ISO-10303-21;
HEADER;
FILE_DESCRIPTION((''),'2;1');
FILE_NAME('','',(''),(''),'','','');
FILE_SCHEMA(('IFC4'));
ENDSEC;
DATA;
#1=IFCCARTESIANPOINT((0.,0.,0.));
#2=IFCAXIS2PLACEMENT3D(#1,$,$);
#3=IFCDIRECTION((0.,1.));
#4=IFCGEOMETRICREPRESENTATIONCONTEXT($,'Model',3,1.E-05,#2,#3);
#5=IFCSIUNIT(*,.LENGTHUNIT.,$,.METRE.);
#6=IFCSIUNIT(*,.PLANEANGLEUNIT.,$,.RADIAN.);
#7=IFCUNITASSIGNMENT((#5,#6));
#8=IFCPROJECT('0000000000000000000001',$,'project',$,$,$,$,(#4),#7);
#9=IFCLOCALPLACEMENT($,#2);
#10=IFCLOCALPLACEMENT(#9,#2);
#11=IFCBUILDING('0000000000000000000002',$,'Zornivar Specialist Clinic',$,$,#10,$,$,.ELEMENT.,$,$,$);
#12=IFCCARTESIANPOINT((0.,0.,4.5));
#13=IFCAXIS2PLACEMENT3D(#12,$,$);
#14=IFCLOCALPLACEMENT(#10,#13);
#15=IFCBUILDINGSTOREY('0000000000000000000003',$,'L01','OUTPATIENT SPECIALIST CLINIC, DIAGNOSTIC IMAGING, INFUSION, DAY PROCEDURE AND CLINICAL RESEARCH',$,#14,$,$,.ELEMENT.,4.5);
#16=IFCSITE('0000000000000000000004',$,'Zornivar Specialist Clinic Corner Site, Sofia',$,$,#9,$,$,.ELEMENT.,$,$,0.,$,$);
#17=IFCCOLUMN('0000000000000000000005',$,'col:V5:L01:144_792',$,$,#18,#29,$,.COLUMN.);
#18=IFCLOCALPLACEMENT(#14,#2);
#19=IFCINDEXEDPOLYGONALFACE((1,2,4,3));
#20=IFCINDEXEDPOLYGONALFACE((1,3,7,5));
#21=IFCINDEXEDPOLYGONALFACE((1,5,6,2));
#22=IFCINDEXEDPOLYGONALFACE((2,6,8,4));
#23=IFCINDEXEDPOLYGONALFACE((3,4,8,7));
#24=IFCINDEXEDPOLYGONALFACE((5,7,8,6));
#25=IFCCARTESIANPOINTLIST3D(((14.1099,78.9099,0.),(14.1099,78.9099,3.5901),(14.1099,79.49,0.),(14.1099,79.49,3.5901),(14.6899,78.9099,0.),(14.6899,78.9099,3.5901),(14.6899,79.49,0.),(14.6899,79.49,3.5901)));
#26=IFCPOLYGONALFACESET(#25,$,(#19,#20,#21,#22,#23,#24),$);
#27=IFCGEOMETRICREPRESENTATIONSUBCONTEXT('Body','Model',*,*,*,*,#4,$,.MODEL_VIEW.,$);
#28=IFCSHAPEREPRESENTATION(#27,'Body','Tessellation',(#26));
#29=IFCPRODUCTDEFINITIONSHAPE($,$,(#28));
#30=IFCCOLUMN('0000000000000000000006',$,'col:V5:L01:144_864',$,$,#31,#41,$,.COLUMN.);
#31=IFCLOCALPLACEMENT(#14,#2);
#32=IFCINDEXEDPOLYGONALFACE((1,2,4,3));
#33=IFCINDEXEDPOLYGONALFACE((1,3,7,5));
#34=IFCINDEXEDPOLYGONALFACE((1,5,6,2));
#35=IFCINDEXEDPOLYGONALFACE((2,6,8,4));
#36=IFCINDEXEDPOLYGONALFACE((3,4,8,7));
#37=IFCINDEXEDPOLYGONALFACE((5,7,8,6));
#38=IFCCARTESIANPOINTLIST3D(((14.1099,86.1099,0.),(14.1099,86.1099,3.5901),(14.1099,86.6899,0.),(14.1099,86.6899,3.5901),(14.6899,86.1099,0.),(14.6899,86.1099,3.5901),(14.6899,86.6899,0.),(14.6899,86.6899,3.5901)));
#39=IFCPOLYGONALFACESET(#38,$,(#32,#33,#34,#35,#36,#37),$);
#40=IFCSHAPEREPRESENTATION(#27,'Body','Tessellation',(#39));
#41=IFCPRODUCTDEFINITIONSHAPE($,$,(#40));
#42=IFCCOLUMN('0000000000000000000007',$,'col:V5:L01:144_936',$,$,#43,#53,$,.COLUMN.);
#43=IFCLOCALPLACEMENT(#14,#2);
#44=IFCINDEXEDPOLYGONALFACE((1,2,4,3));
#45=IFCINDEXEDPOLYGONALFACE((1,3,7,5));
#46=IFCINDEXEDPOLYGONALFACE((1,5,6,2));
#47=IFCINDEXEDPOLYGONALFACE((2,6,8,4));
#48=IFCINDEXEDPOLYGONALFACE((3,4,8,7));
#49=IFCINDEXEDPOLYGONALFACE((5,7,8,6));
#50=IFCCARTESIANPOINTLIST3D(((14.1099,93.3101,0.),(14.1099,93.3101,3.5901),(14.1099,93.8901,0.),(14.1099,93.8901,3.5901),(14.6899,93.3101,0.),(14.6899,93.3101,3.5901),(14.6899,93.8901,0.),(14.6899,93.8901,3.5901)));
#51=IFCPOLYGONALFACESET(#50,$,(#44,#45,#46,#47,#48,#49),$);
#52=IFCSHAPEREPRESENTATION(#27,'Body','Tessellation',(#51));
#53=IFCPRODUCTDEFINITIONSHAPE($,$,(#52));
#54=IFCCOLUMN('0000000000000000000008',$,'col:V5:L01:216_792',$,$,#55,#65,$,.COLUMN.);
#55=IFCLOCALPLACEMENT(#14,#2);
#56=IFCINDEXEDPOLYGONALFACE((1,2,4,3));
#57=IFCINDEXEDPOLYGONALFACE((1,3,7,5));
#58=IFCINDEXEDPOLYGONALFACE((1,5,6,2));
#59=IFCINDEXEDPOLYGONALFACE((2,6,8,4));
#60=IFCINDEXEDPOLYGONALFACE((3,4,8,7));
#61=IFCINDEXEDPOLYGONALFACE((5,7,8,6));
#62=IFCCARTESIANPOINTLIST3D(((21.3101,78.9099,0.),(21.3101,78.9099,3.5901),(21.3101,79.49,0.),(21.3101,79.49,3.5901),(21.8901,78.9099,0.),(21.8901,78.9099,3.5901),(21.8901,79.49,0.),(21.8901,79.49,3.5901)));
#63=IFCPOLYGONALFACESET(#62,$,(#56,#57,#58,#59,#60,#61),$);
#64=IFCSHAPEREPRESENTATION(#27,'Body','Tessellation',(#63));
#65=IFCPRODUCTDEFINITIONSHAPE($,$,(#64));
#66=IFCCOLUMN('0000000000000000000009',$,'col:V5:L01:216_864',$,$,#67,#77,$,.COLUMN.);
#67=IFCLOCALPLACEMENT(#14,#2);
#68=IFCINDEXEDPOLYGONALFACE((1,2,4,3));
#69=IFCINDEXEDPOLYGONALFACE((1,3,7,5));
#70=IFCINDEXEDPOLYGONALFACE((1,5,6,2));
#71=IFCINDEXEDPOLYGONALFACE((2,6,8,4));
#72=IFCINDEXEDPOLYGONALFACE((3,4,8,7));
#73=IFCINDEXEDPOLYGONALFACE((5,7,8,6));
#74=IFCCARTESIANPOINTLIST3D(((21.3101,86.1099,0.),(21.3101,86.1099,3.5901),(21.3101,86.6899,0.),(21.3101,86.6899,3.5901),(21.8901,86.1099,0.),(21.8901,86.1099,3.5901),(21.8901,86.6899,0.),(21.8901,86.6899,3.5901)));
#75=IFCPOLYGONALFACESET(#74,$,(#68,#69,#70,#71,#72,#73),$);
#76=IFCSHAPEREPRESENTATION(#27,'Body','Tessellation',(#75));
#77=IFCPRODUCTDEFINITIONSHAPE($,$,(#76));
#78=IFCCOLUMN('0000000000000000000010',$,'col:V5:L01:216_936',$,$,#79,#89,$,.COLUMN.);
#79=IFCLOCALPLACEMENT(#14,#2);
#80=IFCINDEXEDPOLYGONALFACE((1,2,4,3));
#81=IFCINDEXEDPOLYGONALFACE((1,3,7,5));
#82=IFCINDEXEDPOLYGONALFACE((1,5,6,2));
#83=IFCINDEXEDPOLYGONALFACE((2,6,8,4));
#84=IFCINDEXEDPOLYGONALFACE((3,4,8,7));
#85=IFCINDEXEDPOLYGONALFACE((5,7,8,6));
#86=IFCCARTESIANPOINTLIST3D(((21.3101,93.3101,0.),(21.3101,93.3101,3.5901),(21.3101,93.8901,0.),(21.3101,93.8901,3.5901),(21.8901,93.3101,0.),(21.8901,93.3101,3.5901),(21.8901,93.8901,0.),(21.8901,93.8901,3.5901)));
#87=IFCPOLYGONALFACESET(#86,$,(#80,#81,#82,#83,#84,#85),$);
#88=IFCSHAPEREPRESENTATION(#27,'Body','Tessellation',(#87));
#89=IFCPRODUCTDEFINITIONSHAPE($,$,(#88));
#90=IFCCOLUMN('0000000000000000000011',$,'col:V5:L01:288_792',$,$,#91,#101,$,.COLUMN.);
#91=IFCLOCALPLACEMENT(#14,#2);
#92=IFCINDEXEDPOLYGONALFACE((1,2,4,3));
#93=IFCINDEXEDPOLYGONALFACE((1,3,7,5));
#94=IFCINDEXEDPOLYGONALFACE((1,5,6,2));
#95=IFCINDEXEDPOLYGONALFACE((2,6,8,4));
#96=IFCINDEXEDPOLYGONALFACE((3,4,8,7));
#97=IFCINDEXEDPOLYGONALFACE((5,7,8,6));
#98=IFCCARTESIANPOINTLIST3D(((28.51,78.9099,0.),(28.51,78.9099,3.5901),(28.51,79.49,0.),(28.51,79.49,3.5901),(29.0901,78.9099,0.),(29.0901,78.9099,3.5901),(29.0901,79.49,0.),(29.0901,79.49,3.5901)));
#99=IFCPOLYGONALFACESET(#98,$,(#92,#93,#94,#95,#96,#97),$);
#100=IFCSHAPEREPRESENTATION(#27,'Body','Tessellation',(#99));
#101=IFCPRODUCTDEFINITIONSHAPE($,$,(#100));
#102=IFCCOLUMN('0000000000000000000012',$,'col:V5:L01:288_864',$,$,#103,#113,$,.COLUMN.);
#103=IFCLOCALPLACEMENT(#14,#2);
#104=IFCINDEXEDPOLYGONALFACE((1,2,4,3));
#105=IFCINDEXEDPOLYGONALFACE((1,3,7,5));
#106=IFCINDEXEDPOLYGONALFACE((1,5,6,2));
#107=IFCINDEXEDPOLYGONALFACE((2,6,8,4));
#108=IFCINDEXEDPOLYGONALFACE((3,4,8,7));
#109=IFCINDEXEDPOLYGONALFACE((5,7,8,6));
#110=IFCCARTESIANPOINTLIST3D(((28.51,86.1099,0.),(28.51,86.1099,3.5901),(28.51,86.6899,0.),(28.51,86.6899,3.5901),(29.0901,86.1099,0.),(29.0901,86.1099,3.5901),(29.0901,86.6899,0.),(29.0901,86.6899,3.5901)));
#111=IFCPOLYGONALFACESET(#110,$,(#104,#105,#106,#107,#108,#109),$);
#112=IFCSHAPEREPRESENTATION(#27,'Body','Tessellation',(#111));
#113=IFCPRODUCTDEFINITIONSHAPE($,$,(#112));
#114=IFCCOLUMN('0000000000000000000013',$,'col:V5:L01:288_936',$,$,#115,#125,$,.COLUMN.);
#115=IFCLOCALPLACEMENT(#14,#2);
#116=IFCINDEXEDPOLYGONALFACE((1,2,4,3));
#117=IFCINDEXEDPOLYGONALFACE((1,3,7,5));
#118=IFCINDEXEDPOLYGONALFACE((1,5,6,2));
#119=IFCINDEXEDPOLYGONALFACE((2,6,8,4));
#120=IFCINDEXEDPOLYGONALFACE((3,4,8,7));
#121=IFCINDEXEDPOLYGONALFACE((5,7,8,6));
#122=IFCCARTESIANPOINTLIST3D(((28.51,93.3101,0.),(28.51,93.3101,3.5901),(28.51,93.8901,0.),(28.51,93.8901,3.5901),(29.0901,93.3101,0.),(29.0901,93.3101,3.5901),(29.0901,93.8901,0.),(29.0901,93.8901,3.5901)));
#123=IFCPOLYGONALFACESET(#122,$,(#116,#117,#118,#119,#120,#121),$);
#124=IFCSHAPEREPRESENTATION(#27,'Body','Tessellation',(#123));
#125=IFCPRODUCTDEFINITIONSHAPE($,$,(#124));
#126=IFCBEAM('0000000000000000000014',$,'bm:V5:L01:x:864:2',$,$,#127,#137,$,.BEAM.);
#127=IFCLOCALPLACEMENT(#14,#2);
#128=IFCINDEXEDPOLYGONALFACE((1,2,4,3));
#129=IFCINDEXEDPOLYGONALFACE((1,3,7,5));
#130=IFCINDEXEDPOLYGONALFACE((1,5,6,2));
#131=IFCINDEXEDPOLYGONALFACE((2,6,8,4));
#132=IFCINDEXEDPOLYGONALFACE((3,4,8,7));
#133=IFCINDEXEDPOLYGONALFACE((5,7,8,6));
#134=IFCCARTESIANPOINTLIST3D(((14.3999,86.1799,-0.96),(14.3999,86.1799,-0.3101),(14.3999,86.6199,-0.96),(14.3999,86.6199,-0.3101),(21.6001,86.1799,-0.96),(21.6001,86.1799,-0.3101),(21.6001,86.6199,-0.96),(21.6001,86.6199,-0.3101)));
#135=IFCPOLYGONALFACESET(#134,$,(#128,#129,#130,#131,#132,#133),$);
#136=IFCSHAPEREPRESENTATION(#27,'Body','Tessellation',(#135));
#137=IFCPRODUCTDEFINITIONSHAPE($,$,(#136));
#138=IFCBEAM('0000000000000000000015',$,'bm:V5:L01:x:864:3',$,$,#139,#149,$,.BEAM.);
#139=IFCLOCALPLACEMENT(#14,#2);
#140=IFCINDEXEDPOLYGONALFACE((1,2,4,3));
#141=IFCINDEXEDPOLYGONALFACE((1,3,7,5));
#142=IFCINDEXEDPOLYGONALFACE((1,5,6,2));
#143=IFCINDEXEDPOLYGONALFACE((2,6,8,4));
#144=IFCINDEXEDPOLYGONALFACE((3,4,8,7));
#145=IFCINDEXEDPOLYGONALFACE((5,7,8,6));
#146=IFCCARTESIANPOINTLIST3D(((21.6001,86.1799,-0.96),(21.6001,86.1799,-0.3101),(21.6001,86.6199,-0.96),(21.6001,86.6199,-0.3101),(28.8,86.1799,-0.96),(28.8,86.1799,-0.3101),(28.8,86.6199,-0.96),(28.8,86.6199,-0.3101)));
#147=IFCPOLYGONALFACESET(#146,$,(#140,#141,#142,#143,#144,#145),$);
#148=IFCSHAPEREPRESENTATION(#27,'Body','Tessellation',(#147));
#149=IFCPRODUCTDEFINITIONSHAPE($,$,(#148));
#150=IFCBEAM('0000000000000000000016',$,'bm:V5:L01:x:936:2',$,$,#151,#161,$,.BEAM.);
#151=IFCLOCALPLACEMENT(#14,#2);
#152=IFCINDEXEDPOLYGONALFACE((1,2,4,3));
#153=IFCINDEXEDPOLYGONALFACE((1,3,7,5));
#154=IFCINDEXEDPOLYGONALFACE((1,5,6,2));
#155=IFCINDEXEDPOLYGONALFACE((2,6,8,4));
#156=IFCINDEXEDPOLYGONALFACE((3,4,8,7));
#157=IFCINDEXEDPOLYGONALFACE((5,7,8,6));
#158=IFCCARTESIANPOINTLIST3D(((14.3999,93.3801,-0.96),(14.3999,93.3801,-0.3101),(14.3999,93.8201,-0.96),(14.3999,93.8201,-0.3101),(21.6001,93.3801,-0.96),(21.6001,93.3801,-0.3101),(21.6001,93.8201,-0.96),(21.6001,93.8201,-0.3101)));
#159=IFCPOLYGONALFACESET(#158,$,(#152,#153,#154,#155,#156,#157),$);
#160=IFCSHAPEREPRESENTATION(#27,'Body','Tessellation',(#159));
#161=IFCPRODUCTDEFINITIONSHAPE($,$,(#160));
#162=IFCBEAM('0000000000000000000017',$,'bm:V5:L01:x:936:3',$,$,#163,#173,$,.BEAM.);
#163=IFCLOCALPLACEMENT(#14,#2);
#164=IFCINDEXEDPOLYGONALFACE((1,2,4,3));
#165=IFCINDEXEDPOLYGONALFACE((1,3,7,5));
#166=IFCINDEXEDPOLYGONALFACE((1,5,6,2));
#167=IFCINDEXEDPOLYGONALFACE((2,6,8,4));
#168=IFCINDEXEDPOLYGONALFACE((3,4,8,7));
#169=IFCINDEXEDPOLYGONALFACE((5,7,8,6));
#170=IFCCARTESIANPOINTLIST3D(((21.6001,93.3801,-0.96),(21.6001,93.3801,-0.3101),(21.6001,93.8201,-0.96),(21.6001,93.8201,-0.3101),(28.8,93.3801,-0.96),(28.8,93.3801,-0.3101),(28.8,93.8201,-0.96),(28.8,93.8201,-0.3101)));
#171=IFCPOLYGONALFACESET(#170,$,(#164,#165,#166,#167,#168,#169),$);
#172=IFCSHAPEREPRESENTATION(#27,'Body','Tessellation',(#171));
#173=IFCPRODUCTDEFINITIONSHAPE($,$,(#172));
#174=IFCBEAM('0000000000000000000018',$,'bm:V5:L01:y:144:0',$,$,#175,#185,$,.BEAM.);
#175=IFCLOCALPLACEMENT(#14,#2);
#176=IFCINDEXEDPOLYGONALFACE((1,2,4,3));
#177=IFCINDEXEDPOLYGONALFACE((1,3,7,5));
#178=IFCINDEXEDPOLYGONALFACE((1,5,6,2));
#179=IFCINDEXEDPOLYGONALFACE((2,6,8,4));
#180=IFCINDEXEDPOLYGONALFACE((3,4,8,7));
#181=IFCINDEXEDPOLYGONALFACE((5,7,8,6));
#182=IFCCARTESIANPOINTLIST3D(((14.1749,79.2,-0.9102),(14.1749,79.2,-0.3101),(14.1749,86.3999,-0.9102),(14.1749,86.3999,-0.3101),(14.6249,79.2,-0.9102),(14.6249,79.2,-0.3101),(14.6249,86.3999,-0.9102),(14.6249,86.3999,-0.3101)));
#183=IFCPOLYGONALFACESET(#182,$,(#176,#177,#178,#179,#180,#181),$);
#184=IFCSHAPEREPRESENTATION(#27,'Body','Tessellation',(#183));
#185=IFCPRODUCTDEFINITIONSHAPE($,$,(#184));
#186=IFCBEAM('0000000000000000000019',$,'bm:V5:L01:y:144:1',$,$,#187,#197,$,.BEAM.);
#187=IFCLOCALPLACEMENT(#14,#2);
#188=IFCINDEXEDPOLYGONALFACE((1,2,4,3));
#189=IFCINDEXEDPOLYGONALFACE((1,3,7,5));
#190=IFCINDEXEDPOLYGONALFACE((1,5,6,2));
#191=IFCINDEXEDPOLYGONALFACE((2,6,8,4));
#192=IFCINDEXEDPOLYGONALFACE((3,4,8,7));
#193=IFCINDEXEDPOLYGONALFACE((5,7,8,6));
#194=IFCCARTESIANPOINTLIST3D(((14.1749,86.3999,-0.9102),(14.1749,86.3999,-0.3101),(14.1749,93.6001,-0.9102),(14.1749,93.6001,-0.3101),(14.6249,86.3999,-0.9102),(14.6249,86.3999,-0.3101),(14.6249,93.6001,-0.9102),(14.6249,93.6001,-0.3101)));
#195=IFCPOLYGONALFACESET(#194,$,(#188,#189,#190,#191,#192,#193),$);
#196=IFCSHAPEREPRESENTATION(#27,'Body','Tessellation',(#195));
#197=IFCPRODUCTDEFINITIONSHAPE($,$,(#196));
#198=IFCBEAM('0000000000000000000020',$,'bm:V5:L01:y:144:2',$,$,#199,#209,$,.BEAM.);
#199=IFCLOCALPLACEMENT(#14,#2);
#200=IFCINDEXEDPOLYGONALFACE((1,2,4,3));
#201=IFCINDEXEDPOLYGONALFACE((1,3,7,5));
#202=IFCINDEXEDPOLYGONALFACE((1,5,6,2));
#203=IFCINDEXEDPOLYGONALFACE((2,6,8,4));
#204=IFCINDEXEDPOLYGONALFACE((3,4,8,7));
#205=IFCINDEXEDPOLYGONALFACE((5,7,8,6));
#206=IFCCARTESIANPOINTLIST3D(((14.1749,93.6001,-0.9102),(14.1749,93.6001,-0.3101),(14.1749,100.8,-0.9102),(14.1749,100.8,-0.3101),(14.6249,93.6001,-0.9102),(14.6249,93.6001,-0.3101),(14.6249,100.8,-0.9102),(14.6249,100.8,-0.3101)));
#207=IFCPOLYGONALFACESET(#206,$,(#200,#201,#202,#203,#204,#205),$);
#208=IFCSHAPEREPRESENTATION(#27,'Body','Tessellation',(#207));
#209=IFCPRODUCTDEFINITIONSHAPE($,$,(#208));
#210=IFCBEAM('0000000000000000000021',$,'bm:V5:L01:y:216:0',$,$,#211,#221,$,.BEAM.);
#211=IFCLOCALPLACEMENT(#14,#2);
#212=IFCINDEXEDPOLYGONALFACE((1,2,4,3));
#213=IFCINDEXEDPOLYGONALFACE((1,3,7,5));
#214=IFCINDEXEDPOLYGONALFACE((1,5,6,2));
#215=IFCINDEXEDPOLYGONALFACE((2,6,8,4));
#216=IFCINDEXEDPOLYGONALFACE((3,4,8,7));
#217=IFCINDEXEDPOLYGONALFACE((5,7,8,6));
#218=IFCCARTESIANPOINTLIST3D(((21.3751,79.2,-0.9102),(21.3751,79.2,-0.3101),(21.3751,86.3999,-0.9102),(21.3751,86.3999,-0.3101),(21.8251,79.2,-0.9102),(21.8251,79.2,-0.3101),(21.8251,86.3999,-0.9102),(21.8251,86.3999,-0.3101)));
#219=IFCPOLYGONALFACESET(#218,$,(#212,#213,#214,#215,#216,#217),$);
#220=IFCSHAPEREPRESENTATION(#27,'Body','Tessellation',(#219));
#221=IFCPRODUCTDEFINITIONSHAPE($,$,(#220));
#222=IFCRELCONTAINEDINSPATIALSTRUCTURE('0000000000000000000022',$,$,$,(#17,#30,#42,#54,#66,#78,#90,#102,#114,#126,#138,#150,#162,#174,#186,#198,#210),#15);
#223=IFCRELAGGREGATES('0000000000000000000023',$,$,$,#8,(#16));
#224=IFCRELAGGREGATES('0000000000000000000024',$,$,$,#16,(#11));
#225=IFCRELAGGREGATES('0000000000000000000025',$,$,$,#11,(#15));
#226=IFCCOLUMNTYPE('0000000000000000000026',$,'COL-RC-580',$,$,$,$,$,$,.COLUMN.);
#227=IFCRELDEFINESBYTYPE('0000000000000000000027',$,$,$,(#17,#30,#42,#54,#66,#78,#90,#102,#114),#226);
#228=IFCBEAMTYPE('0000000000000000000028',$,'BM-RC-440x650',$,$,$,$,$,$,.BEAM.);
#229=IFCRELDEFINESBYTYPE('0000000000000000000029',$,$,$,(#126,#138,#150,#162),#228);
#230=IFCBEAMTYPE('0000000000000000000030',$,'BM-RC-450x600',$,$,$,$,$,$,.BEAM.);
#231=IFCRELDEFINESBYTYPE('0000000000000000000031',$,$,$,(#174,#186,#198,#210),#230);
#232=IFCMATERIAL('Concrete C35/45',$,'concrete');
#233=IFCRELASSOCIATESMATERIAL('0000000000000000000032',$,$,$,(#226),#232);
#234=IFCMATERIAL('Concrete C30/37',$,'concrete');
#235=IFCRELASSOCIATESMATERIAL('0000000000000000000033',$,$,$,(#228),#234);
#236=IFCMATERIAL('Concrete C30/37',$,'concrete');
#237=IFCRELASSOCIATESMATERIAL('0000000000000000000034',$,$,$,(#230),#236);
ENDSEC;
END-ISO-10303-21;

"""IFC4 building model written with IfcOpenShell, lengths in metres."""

from ifc_helpers import new_model, si_unit, direction, frame, origin, origin_2d, place, context, subcontext, project, spatial, rectangle, extrude, material, material_profile, profile_set, type_object, element, save


model = new_model("IFC4")

# Units and contexts
model_context = context("Model", 3, precision=1e-05, world=origin(), true_north=direction((0.0, 1.0)))
body_context = subcontext(model_context, "Body", "Model", "MODEL_VIEW")
ifc_project = project(units=[si_unit("LENGTHUNIT", "METRE"), si_unit("PLANEANGLEUNIT", "RADIAN")], contexts=[model_context])

# Site, building, storey
site_placement = place(None, origin())
site = spatial("IfcSite", under=ifc_project, at=site_placement, Name="Zornivar Specialist Clinic Corner Site, Sofia", CompositionType="ELEMENT", RefElevation=0.0)
building_placement = place(site_placement, origin())
building = spatial("IfcBuilding", under=site, at=building_placement, Name="Zornivar Specialist Clinic", CompositionType="ELEMENT")
storey_placement = place(building_placement, frame((0.0, 0.0, 4.5)))
storey = spatial("IfcBuildingStorey", under=building, at=storey_placement, Name="L01", Description="OUTPATIENT SPECIALIST CLINIC, DIAGNOSTIC IMAGING, INFUSION, DAY PROCEDURE AND CLINICAL RESEARCH", CompositionType="ELEMENT", Elevation=4.5)

# Columns
ifc_material_1 = material(Name="Concrete C35/45", Category="concrete")
ifc_material_profile_1 = material_profile(ifc_material_1, rectangle(XDim=0.5801, YDim=0.5801, at=origin_2d()), Name="RC 580x580")
ifc_profile_set_1 = profile_set([ifc_material_profile_1], Name="Concrete C35/45")
column_type = type_object("IfcColumnType", Name="COL-RC-580", PredefinedType="COLUMN", material=ifc_profile_set_1)
for number, where, z_axis, x_axis, name in (
    (1, (14.3999, 79.2, 0.0), (0.0, 0.0, 1.0), (1.0, 0.0, 0.0), "col:V5:L01:144_792"),
    (2, (14.3999, 86.3999, 0.0), (0.0, 0.0, 1.0), (1.0, 0.0, 0.0), "col:V5:L01:144_864"),
    (3, (14.3999, 93.6001, 0.0), (0.0, 0.0, 1.0), (1.0, 0.0, 0.0), "col:V5:L01:144_936"),
    (4, (21.6001, 79.2, 0.0), (0.0, 0.0, 1.0), (1.0, 0.0, 0.0), "col:V5:L01:216_792"),
    (5, (21.6001, 86.3999, 0.0), (0.0, 0.0, 1.0), (1.0, 0.0, 0.0), "col:V5:L01:216_864"),
    (6, (21.6001, 93.6001, 0.0), (0.0, 0.0, 1.0), (1.0, 0.0, 0.0), "col:V5:L01:216_936"),
    (7, (28.8, 79.2, 0.0), (0.0, 0.0, 1.0), (1.0, 0.0, 0.0), "col:V5:L01:288_792"),
    (8, (28.8, 86.3999, 0.0), (0.0, 0.0, 1.0), (1.0, 0.0, 0.0), "col:V5:L01:288_864"),
    (9, (28.8, 93.6001, 0.0), (0.0, 0.0, 1.0), (1.0, 0.0, 0.0), "col:V5:L01:288_936"),
):
    element("IfcColumn", number, at=place(storey_placement, frame(where, z_axis=z_axis, x_axis=x_axis)), inside=storey, type_object=column_type, Name=name, PredefinedType="COLUMN", context=body_context, shape_type="SweptSolid", body=[
        extrude(rectangle(XDim=0.5801, YDim=0.5801, at=origin_2d()), origin(), (0.0, 0.0, 1.0), 3.5901),
    ])

# Beams
ifc_material_2 = material(Name="Concrete C30/37", Category="concrete")
ifc_material_profile_2 = material_profile(ifc_material_2, rectangle(XDim=0.4399, YDim=0.6499, at=origin_2d()), Name="RC 440x650")
ifc_profile_set_2 = profile_set([ifc_material_profile_2], Name="Concrete C30/37")
beam_type_1 = type_object("IfcBeamType", Name="BM-RC-440x650", PredefinedType="BEAM", material=ifc_profile_set_2)
beam_1_placement = place(storey_placement, frame((14.3999, 86.3999, -0.635), z_axis=(1.0, 0.0, 0.0), x_axis=(0.0, 1.0, 0.0)))
element("IfcBeam", 10, at=beam_1_placement, inside=storey, type_object=beam_type_1, Name="bm:V5:L01:x:864:2", PredefinedType="BEAM", context=body_context, shape_type="SweptSolid", body=[
    extrude(rectangle(XDim=0.4399, YDim=0.6499, at=origin_2d()), origin(), (0.0, 0.0, 1.0), 7.2002),
])
beam_2_placement = place(storey_placement, frame((21.6001, 86.3999, -0.635), z_axis=(1.0, 0.0, 0.0), x_axis=(0.0, 1.0, 0.0)))
element("IfcBeam", 11, at=beam_2_placement, inside=storey, type_object=beam_type_1, Name="bm:V5:L01:x:864:3", PredefinedType="BEAM", context=body_context, shape_type="SweptSolid", body=[
    extrude(rectangle(XDim=0.4399, YDim=0.6499, at=origin_2d()), origin(), (0.0, 0.0, 1.0), 7.2),
])
beam_3_placement = place(storey_placement, frame((14.3999, 93.6001, -0.635), z_axis=(1.0, 0.0, 0.0), x_axis=(0.0, 1.0, 0.0)))
element("IfcBeam", 12, at=beam_3_placement, inside=storey, type_object=beam_type_1, Name="bm:V5:L01:x:936:2", PredefinedType="BEAM", context=body_context, shape_type="SweptSolid", body=[
    extrude(rectangle(XDim=0.4399, YDim=0.6499, at=origin_2d()), origin(), (0.0, 0.0, 1.0), 7.2002),
])
beam_4_placement = place(storey_placement, frame((21.6001, 93.6001, -0.635), z_axis=(1.0, 0.0, 0.0), x_axis=(0.0, 1.0, 0.0)))
element("IfcBeam", 13, at=beam_4_placement, inside=storey, type_object=beam_type_1, Name="bm:V5:L01:x:936:3", PredefinedType="BEAM", context=body_context, shape_type="SweptSolid", body=[
    extrude(rectangle(XDim=0.4399, YDim=0.6499, at=origin_2d()), origin(), (0.0, 0.0, 1.0), 7.2),
])
ifc_material_3 = material(Name="Concrete C30/37", Category="concrete")
ifc_material_profile_3 = material_profile(ifc_material_3, rectangle(XDim=0.45, YDim=0.6001, at=origin_2d()), Name="RC 450x600")
ifc_profile_set_3 = profile_set([ifc_material_profile_3], Name="Concrete C30/37")
beam_type_2 = type_object("IfcBeamType", Name="BM-RC-450x600", PredefinedType="BEAM", material=ifc_profile_set_3)
beam_5_placement = place(storey_placement, frame((14.3999, 79.2, -0.6101), z_axis=(0.0, 1.0, 0.0), x_axis=(-1.0, 0.0, 0.0)))
element("IfcBeam", 14, at=beam_5_placement, inside=storey, type_object=beam_type_2, Name="bm:V5:L01:y:144:0", PredefinedType="BEAM", context=body_context, shape_type="SweptSolid", body=[
    extrude(rectangle(XDim=0.45, YDim=0.6001, at=origin_2d()), origin(), (0.0, 0.0, 1.0), 7.2),
])
beam_6_placement = place(storey_placement, frame((14.3999, 86.3999, -0.6101), z_axis=(0.0, 1.0, 0.0), x_axis=(-1.0, 0.0, 0.0)))
element("IfcBeam", 15, at=beam_6_placement, inside=storey, type_object=beam_type_2, Name="bm:V5:L01:y:144:1", PredefinedType="BEAM", context=body_context, shape_type="SweptSolid", body=[
    extrude(rectangle(XDim=0.45, YDim=0.6001, at=origin_2d()), origin(), (0.0, 0.0, 1.0), 7.2002),
])
for number, where, z_axis, x_axis, name in (
    (16, (14.3999, 93.6001, -0.6101), (0.0, 1.0, 0.0), (-1.0, 0.0, 0.0), "bm:V5:L01:y:144:2"),
    (17, (21.6001, 79.2, -0.6101), (0.0, 1.0, 0.0), (-1.0, 0.0, 0.0), "bm:V5:L01:y:216:0"),
):
    element("IfcBeam", number, at=place(storey_placement, frame(where, z_axis=z_axis, x_axis=x_axis)), inside=storey, type_object=beam_type_2, Name=name, PredefinedType="BEAM", context=body_context, shape_type="SweptSolid", body=[
        extrude(rectangle(XDim=0.45, YDim=0.6001, at=origin_2d()), origin(), (0.0, 0.0, 1.0), 7.2),
    ])

save(model, "model.ifc")
